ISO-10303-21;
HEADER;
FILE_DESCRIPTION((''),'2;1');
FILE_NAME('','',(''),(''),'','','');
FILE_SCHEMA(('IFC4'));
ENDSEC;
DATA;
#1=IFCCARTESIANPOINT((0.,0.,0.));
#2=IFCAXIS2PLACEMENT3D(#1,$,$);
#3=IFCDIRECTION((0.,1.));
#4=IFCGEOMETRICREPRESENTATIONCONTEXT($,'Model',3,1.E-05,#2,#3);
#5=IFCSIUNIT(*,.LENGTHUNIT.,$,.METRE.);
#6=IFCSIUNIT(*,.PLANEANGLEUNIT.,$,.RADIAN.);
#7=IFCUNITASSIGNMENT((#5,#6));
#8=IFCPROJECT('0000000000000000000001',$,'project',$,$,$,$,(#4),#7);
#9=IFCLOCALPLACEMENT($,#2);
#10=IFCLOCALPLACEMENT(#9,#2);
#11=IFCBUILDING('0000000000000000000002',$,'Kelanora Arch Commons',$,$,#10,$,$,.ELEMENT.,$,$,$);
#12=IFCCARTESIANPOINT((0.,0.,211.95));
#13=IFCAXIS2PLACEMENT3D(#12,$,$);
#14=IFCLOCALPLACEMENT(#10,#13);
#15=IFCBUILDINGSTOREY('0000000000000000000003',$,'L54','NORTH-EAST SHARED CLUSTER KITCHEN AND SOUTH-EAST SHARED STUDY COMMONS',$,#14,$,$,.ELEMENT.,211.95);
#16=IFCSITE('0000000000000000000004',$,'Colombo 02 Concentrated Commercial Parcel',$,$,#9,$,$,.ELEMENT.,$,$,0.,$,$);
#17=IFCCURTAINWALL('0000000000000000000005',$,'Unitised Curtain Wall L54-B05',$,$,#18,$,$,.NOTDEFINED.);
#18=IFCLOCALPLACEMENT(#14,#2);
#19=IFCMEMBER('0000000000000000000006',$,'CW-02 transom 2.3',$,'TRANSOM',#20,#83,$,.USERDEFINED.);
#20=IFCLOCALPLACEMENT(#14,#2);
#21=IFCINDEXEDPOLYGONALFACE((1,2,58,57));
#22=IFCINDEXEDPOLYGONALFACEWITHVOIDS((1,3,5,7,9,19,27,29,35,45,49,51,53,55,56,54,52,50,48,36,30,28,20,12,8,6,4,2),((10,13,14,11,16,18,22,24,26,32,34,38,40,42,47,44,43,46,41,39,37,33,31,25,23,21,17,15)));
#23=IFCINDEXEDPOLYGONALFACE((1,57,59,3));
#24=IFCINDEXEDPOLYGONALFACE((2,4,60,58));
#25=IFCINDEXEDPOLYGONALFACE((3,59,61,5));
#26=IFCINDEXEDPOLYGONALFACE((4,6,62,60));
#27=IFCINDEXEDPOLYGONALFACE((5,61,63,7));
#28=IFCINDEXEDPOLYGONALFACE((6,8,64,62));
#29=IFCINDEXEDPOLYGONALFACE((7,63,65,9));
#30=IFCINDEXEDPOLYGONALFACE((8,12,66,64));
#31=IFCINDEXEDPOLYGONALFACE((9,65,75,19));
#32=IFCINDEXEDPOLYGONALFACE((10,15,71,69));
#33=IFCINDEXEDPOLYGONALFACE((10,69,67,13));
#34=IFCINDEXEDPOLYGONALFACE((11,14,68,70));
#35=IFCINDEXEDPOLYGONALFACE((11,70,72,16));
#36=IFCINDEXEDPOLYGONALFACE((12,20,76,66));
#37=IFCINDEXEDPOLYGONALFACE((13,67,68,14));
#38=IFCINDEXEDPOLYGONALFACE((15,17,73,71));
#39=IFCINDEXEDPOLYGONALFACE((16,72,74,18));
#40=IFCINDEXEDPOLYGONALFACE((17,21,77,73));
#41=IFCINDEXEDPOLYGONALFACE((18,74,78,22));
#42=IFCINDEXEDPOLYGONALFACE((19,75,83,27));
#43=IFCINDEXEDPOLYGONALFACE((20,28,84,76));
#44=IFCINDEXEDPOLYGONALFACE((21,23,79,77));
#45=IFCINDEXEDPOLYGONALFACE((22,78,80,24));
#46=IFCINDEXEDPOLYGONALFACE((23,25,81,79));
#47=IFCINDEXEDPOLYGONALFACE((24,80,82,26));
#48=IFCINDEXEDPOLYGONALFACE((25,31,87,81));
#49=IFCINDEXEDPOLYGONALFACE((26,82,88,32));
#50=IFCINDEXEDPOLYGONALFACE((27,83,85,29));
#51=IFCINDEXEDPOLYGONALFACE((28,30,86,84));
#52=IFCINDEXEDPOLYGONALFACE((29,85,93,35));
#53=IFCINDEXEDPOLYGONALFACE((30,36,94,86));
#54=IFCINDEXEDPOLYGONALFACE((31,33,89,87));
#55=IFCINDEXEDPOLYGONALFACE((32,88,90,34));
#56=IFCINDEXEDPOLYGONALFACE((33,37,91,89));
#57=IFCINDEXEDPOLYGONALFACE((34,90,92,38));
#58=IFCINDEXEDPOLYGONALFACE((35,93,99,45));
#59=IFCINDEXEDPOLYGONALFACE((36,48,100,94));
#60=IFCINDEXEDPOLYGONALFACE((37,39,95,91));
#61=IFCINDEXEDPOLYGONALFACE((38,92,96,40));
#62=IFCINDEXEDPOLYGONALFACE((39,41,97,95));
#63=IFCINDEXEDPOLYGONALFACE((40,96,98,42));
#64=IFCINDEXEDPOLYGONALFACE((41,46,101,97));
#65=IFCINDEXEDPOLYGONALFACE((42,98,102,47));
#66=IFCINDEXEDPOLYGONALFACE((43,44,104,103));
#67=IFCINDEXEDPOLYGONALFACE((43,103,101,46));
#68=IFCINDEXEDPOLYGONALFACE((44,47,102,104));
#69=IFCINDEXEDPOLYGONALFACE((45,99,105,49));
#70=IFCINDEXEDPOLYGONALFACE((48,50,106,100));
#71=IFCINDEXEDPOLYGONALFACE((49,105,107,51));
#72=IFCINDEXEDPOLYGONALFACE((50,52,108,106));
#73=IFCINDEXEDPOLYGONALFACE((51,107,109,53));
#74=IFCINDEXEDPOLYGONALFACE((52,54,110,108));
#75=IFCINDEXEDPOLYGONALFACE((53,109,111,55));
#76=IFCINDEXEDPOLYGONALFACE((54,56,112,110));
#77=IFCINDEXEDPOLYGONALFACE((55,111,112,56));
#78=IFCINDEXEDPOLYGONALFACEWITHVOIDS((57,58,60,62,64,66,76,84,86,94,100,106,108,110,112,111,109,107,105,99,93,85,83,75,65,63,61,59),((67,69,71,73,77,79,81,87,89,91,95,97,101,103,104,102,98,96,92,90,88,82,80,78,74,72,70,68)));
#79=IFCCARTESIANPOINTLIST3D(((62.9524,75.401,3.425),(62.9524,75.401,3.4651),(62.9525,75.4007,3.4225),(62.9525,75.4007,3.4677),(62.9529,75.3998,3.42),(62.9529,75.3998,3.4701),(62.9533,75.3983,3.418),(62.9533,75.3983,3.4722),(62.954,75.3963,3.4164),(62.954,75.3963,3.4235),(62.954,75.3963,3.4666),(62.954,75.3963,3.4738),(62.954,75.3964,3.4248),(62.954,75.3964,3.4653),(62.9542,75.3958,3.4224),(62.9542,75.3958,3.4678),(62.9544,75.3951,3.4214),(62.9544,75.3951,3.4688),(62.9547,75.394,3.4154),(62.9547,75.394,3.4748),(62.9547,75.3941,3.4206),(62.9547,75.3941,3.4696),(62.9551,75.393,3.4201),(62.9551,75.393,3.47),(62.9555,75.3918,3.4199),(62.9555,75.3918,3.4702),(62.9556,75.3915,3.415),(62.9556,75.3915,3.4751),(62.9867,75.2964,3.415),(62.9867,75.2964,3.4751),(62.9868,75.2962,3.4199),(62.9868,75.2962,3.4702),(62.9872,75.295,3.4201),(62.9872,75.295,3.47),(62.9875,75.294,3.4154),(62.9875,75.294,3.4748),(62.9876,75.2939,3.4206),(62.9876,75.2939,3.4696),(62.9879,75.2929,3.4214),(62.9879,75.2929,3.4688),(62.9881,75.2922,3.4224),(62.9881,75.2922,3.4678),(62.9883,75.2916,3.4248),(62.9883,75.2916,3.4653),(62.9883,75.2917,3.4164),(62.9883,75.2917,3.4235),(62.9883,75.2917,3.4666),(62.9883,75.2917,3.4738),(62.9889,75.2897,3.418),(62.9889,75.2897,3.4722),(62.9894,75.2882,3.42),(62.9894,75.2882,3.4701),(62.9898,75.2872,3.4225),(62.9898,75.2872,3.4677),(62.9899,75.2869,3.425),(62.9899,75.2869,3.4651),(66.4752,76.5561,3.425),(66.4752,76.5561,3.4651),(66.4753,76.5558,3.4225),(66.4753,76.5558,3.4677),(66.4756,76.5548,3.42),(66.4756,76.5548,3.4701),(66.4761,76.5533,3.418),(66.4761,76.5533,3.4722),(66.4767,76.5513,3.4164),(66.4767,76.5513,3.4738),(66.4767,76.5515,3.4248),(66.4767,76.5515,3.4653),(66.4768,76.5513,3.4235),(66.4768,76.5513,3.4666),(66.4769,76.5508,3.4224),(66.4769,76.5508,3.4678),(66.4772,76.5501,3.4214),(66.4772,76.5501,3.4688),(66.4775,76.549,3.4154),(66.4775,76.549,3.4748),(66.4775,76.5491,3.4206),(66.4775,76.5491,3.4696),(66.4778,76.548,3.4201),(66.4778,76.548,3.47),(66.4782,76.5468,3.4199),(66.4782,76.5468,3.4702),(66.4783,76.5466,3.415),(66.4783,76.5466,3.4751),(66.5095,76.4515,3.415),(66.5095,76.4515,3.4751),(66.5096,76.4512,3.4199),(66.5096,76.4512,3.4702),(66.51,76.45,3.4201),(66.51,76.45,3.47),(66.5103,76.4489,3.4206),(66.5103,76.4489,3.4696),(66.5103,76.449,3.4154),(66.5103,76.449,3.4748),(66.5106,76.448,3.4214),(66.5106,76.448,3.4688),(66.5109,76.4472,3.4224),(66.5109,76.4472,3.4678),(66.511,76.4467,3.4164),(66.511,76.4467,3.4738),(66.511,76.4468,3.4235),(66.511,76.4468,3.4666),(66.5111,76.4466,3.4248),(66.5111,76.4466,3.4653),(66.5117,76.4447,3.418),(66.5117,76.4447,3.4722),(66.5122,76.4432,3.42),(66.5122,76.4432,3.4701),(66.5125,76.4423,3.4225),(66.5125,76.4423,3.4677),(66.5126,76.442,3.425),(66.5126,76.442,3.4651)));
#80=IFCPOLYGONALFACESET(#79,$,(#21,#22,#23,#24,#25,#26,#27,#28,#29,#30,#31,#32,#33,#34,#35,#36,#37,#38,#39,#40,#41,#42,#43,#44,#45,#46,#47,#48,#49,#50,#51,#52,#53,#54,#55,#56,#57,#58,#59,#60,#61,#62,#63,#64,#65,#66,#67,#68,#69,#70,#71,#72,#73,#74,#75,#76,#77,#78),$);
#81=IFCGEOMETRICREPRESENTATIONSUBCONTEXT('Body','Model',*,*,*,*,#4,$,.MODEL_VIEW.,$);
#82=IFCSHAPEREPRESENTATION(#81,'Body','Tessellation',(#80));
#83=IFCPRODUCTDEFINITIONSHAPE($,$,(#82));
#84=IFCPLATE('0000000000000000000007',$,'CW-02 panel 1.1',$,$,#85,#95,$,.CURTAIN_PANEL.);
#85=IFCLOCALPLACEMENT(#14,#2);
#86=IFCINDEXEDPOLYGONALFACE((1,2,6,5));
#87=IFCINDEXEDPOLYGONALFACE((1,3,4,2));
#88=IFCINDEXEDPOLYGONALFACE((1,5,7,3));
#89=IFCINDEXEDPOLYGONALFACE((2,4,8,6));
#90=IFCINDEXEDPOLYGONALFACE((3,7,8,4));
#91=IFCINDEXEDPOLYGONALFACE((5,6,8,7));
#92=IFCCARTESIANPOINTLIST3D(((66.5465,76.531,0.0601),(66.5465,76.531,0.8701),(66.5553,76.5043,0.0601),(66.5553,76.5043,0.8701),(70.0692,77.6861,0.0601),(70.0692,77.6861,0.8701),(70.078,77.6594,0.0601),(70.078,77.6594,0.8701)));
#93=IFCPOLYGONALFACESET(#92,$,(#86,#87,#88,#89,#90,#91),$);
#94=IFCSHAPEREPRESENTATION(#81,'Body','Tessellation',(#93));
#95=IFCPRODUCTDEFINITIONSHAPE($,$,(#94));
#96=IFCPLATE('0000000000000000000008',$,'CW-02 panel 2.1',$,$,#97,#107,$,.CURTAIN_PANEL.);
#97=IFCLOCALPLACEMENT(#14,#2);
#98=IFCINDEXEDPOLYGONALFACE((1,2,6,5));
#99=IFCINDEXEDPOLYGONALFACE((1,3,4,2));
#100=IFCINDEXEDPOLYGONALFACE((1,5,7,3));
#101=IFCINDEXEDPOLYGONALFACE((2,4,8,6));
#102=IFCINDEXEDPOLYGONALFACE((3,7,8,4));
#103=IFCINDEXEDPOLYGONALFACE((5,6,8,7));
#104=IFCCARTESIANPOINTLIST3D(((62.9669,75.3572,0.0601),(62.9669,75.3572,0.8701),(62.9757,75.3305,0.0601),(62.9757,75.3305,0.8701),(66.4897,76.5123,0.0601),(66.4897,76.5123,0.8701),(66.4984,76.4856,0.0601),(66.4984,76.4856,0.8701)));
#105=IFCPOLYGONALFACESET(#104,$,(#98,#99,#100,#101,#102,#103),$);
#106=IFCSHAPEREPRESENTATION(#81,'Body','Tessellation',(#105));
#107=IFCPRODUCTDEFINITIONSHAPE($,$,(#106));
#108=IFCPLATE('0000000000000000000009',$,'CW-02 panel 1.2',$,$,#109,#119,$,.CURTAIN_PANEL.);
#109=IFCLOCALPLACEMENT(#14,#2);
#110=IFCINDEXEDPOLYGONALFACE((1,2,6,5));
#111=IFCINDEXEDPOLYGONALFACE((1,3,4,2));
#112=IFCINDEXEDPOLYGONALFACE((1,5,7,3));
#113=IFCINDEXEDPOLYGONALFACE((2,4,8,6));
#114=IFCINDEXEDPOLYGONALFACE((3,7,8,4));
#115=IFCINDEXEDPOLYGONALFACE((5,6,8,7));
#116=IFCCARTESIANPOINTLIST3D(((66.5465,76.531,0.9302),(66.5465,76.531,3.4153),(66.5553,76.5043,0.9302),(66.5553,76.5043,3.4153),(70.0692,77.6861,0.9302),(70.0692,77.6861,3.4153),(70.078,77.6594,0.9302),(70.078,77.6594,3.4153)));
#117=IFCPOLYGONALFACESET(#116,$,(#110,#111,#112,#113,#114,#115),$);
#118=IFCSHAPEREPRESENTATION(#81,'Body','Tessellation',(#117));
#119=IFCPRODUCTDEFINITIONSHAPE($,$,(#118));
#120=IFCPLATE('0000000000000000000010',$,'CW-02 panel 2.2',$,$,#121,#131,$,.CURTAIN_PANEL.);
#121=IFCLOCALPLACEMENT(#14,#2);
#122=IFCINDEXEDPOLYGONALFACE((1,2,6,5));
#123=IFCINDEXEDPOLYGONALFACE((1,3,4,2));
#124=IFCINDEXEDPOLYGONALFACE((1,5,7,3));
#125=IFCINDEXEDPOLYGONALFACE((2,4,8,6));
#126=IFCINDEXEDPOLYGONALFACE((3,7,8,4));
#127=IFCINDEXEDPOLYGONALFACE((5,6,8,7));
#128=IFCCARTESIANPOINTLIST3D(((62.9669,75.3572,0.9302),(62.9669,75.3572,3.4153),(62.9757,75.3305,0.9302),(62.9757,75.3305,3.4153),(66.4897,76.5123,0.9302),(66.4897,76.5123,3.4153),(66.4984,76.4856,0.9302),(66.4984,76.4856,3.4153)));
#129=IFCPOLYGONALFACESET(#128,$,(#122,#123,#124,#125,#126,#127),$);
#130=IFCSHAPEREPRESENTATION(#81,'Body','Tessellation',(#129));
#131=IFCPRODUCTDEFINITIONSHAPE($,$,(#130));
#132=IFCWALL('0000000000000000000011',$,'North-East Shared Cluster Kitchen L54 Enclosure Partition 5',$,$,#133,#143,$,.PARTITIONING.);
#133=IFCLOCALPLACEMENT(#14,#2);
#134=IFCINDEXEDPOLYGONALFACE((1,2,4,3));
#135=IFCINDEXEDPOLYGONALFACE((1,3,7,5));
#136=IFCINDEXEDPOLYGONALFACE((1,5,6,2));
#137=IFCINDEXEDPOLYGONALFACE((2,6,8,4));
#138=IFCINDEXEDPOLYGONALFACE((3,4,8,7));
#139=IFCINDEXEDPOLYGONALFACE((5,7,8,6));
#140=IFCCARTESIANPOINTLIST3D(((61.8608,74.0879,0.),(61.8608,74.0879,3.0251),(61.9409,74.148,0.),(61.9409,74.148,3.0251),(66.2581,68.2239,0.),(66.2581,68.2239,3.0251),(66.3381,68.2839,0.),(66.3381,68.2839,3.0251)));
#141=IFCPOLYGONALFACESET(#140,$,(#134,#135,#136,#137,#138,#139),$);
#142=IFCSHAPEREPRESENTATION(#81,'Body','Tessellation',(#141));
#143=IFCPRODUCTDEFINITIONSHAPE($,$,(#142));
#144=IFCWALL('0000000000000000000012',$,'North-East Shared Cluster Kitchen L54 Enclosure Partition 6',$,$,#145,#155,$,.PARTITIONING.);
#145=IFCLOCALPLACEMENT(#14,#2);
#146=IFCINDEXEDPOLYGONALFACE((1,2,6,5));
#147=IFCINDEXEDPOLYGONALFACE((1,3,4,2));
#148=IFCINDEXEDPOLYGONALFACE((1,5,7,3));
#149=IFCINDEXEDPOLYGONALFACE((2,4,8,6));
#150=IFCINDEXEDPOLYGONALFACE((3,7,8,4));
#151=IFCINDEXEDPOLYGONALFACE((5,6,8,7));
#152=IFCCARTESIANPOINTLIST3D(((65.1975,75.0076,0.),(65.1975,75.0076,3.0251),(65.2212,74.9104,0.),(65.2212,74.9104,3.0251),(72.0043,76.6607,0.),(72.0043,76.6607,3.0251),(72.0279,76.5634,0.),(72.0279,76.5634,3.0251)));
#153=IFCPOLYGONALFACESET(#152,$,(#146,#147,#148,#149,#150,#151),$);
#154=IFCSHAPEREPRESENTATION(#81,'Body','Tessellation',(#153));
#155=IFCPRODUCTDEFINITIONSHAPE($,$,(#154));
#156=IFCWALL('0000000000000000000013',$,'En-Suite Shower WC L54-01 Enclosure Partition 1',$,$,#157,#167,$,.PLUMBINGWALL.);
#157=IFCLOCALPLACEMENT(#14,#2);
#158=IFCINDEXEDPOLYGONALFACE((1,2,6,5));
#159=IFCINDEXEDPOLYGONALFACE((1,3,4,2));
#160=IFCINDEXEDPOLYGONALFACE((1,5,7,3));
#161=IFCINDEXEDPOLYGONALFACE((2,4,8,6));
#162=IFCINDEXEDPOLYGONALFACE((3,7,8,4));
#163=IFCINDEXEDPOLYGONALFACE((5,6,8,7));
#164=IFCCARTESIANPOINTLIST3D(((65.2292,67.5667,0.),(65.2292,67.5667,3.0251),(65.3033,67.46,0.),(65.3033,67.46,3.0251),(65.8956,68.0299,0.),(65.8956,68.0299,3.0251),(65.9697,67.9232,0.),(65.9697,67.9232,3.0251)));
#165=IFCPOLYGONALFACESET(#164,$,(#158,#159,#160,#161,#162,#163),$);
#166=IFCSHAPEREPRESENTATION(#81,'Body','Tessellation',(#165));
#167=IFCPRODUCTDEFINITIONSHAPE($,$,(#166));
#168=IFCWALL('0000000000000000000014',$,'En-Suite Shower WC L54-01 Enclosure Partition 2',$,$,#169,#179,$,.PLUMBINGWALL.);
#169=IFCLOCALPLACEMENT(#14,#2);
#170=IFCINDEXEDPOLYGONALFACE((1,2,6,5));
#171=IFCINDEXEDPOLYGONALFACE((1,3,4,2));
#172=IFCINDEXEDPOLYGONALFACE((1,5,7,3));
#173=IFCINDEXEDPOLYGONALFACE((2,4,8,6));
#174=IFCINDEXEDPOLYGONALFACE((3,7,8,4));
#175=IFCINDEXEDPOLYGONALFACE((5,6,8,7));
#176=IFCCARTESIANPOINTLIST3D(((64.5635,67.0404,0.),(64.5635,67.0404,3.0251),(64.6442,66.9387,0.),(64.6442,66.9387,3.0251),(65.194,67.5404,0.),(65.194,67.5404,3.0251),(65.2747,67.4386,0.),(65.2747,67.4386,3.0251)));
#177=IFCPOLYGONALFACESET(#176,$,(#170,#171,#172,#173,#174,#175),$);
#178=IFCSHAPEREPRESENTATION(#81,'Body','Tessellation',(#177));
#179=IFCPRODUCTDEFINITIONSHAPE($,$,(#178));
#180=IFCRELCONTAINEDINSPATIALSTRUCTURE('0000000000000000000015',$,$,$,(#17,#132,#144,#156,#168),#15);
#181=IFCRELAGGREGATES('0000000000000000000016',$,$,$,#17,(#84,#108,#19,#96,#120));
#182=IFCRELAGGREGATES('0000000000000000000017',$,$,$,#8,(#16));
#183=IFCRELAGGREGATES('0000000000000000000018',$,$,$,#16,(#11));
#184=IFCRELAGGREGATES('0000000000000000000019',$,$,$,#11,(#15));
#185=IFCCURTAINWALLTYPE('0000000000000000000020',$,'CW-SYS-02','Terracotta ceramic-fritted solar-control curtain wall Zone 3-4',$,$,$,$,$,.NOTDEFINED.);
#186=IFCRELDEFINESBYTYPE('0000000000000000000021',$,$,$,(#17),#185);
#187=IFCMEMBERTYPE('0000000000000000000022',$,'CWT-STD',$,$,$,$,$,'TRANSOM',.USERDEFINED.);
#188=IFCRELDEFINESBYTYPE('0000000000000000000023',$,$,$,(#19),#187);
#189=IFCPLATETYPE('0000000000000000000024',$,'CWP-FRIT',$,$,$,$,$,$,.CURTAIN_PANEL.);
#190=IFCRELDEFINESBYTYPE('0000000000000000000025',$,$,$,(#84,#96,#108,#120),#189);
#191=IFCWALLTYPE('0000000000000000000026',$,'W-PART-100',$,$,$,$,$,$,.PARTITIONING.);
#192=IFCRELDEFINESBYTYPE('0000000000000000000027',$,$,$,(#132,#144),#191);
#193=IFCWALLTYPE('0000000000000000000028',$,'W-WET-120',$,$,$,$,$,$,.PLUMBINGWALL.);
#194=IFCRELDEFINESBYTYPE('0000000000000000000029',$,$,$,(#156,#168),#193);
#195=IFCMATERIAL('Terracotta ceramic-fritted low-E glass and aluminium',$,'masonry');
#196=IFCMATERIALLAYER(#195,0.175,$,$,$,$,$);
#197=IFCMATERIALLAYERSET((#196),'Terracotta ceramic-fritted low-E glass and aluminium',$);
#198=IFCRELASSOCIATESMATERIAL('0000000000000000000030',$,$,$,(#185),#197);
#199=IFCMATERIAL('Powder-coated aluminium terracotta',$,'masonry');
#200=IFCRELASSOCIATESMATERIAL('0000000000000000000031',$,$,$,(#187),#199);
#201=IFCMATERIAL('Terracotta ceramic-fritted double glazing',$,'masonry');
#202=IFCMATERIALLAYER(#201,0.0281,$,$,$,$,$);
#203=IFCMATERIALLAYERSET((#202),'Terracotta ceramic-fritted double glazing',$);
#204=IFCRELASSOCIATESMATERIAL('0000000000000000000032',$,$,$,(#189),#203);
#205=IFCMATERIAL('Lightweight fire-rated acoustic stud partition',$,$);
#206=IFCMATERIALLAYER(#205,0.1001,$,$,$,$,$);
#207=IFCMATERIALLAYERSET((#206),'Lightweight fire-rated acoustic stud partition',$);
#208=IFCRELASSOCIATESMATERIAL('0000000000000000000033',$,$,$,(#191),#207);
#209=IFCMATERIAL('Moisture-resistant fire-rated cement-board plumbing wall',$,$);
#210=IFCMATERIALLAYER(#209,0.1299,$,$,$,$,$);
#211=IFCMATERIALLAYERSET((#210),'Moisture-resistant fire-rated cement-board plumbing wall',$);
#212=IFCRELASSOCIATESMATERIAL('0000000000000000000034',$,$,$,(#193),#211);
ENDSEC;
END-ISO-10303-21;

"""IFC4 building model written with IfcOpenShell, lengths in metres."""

from ifc_helpers import new_model, si_unit, direction, frame, frame_2d, origin, origin_2d, place, context, subcontext, project, spatial, rectangle, hollow_rectangle, extrude, source, transform, mapped, material, layer, layer_set, material_profile, profile_set, type_object, element, aggregate, save


model = new_model("IFC4")

# Units and contexts
model_context = context("Model", 3, precision=1e-05, world=origin(), true_north=direction((0.0, 1.0)))
body_context = subcontext(model_context, "Body", "Model", "MODEL_VIEW")
ifc_project = project(units=[si_unit("LENGTHUNIT", "METRE"), si_unit("PLANEANGLEUNIT", "RADIAN")], contexts=[model_context])

# Site, building, storey
site_placement = place(None, origin())
site = spatial("IfcSite", under=ifc_project, at=site_placement, Name="Colombo 02 Concentrated Commercial Parcel", CompositionType="ELEMENT", RefElevation=0.0)
building_placement = place(site_placement, origin())
building = spatial("IfcBuilding", under=site, at=building_placement, Name="Kelanora Arch Commons", CompositionType="ELEMENT")
storey_placement = place(building_placement, frame((0.0, 0.0, 211.95)))
storey = spatial("IfcBuildingStorey", under=building, at=storey_placement, Name="L54", Description="NORTH-EAST SHARED CLUSTER KITCHEN AND SOUTH-EAST SHARED STUDY COMMONS", CompositionType="ELEMENT", Elevation=211.95)

# Curtain wall, member, plates
ifc_material_1 = material(Name="Terracotta ceramic-fritted low-E glass and aluminium", Category="masonry")
ifc_layer_1 = layer(ifc_material_1, 0.175)
ifc_layer_set_1 = layer_set([ifc_layer_1], Name="Terracotta ceramic-fritted low-E glass and aluminium")
curtain_wall_type = type_object("IfcCurtainWallType", Name="CW-SYS-02", Description="Terracotta ceramic-fritted solar-control curtain wall Zone 3-4", PredefinedType="NOTDEFINED", material=ifc_layer_set_1)
curtain_wall_placement = place(storey_placement, origin())
curtain_wall = element("IfcCurtainWall", 1, at=curtain_wall_placement, inside=storey, type_object=curtain_wall_type, Name="Unitised Curtain Wall L54-B05", PredefinedType="NOTDEFINED")
ifc_material_2 = material(Name="Powder-coated aluminium terracotta", Category="masonry")
ifc_material_profile_1 = material_profile(ifc_material_2, hollow_rectangle(XDim=0.1201, YDim=0.0601, WallThickness=0.0049, InnerFilletRadius=0.0049, OuterFilletRadius=0.01, at=origin_2d()), Name="CWT120x60")
ifc_profile_set_1 = profile_set([ifc_material_profile_1], Name="Powder-coated aluminium terracotta")
member_type_1 = type_object("IfcMemberType", Name="CWT-STD", ElementType="TRANSOM", PredefinedType="USERDEFINED", material=ifc_profile_set_1)
member_1_placement = place(storey_placement, frame((66.4939, 76.499, 3.4451), z_axis=(-0.950226, -0.311561, 0.0), x_axis=(0.311561, -0.950226, 0.0)))
member_1 = element("IfcMember", 2, at=member_1_placement, type_object=member_type_1, Name="CW-02 transom 2.3", ObjectType="TRANSOM", PredefinedType="USERDEFINED", context=body_context, shape_type="SweptSolid", body=[
    extrude(hollow_rectangle(XDim=0.1201, YDim=0.0601, WallThickness=0.0049, InnerFilletRadius=0.0049, OuterFilletRadius=0.01, at=origin_2d()), origin(), (0.0, 0.0, 1.0), 3.7073),
])
ifc_material_3 = material(Name="Terracotta ceramic-fritted double glazing", Category="masonry")
ifc_layer_2 = layer(ifc_material_3, 0.0281)
ifc_layer_set_2 = layer_set([ifc_layer_2], Name="Terracotta ceramic-fritted double glazing")
plate_type = type_object("IfcPlateType", Name="CWP-FRIT", PredefinedType="CURTAIN_PANEL", material=ifc_layer_set_2)
shared_shape_1 = source(origin(), body_context, "Body", "SweptSolid", [
    extrude(rectangle(XDim=3.7073, YDim=0.0281, at=origin_2d()), origin(), (0.0, 0.0, 1.0), 0.8101),
])
plate_1_placement = place(storey_placement, frame((68.3123, 77.0952, 0.0601), z_axis=(0.0, 0.0, 1.0), x_axis=(-0.950219, -0.311582, 0.0)))
plate_1 = element("IfcPlate", 3, at=plate_1_placement, type_object=plate_type, Name="CW-02 panel 1.1", PredefinedType="CURTAIN_PANEL", context=body_context, shape_type="MappedRepresentation", body=[
    mapped(shared_shape_1, transform((0.0, 0.0, 0.0), scale=1.0)),
])
plate_2_placement = place(storey_placement, frame((64.7327, 75.9214, 0.0601), z_axis=(0.0, 0.0, 1.0), x_axis=(-0.950219, -0.311582, 0.0)))
plate_2 = element("IfcPlate", 4, at=plate_2_placement, type_object=plate_type, Name="CW-02 panel 2.1", PredefinedType="CURTAIN_PANEL", context=body_context, shape_type="MappedRepresentation", body=[
    mapped(shared_shape_1, transform((0.0, 0.0, 0.0), scale=1.0)),
])
shared_shape_2 = source(origin(), body_context, "Body", "SweptSolid", [
    extrude(rectangle(XDim=3.7073, YDim=0.0281, at=origin_2d()), origin(), (0.0, 0.0, 1.0), 2.4851),
])
plate_3_placement = place(storey_placement, frame((68.3123, 77.0952, 0.9302), z_axis=(0.0, 0.0, 1.0), x_axis=(-0.950219, -0.311582, 0.0)))
plate_3 = element("IfcPlate", 5, at=plate_3_placement, type_object=plate_type, Name="CW-02 panel 1.2", PredefinedType="CURTAIN_PANEL", context=body_context, shape_type="MappedRepresentation", body=[
    mapped(shared_shape_2, transform((0.0, 0.0, 0.0), scale=1.0)),
])
plate_4_placement = place(storey_placement, frame((64.7327, 75.9214, 0.9302), z_axis=(0.0, 0.0, 1.0), x_axis=(-0.950219, -0.311582, 0.0)))
plate_4 = element("IfcPlate", 6, at=plate_4_placement, type_object=plate_type, Name="CW-02 panel 2.2", PredefinedType="CURTAIN_PANEL", context=body_context, shape_type="MappedRepresentation", body=[
    mapped(shared_shape_2, transform((0.0, 0.0, 0.0), scale=1.0)),
])
aggregate(curtain_wall, [plate_1, plate_3, member_1, plate_2, plate_4])

# Walls
ifc_material_4 = material(Name="Lightweight fire-rated acoustic stud partition")
ifc_layer_3 = layer(ifc_material_4, 0.1001)
ifc_layer_set_3 = layer_set([ifc_layer_3], Name="Lightweight fire-rated acoustic stud partition")
wall_type_1 = type_object("IfcWallType", Name="W-PART-100", PredefinedType="PARTITIONING", material=ifc_layer_set_3)
wall_1_placement = place(storey_placement, frame((66.2981, 68.2539, 0.0), z_axis=(0.0, 0.0, 1.0), x_axis=(-0.599931, 0.800052, 0.0)))
element("IfcWall", 7, at=wall_1_placement, inside=storey, type_object=wall_type_1, Name="North-East Shared Cluster Kitchen L54 Enclosure Partition 5", PredefinedType="PARTITIONING", context=body_context, shape_type="SweptSolid", body=[
    extrude(rectangle(XDim=7.3296, YDim=0.1001, at=frame_2d((3.6648, 0.0))), origin(), (0.0, 0.0, 1.0), 3.0251),
])
wall_2_placement = place(storey_placement, frame((65.2092, 74.959, 0.0), z_axis=(0.0, 0.0, 1.0), x_axis=(0.971755, 0.235994, 0.0)))
element("IfcWall", 8, at=wall_2_placement, inside=storey, type_object=wall_type_1, Name="North-East Shared Cluster Kitchen L54 Enclosure Partition 6", PredefinedType="PARTITIONING", context=body_context, shape_type="SweptSolid", body=[
    extrude(rectangle(XDim=7.0046, YDim=0.1001, at=frame_2d((3.5024, 0.0))), origin(), (0.0, 0.0, 1.0), 3.0251),
])
ifc_material_5 = material(Name="Moisture-resistant fire-rated cement-board plumbing wall")
ifc_layer_4 = layer(ifc_material_5, 0.1299)
ifc_layer_set_4 = layer_set([ifc_layer_4], Name="Moisture-resistant fire-rated cement-board plumbing wall")
wall_type_2 = type_object("IfcWallType", Name="W-WET-120", PredefinedType="PLUMBINGWALL", material=ifc_layer_set_4)
wall_3_placement = place(storey_placement, frame((65.9326, 67.9766, 0.0), z_axis=(0.0, 0.0, 1.0), x_axis=(-0.821108, -0.570774, 0.0)))
element("IfcWall", 9, at=wall_3_placement, inside=storey, type_object=wall_type_2, Name="En-Suite Shower WC L54-01 Enclosure Partition 1", PredefinedType="PLUMBINGWALL", context=body_context, shape_type="SweptSolid", body=[
    extrude(rectangle(XDim=0.8115, YDim=0.1299, at=frame_2d((0.4058, 0.0))), origin(), (0.0, 0.0, 1.0), 3.0251),
])
wall_4_placement = place(storey_placement, frame((65.2344, 67.4895, 0.0), z_axis=(0.0, 0.0, 1.0), x_axis=(-0.783584, -0.621286, 0.0)))
element("IfcWall", 10, at=wall_4_placement, inside=storey, type_object=wall_type_2, Name="En-Suite Shower WC L54-01 Enclosure Partition 2", PredefinedType="PLUMBINGWALL", context=body_context, shape_type="SweptSolid", body=[
    extrude(rectangle(XDim=0.8047, YDim=0.1299, at=frame_2d((0.4023, 0.0))), origin(), (0.0, 0.0, 1.0), 3.0251),
])

save(model, "model.ifc")
